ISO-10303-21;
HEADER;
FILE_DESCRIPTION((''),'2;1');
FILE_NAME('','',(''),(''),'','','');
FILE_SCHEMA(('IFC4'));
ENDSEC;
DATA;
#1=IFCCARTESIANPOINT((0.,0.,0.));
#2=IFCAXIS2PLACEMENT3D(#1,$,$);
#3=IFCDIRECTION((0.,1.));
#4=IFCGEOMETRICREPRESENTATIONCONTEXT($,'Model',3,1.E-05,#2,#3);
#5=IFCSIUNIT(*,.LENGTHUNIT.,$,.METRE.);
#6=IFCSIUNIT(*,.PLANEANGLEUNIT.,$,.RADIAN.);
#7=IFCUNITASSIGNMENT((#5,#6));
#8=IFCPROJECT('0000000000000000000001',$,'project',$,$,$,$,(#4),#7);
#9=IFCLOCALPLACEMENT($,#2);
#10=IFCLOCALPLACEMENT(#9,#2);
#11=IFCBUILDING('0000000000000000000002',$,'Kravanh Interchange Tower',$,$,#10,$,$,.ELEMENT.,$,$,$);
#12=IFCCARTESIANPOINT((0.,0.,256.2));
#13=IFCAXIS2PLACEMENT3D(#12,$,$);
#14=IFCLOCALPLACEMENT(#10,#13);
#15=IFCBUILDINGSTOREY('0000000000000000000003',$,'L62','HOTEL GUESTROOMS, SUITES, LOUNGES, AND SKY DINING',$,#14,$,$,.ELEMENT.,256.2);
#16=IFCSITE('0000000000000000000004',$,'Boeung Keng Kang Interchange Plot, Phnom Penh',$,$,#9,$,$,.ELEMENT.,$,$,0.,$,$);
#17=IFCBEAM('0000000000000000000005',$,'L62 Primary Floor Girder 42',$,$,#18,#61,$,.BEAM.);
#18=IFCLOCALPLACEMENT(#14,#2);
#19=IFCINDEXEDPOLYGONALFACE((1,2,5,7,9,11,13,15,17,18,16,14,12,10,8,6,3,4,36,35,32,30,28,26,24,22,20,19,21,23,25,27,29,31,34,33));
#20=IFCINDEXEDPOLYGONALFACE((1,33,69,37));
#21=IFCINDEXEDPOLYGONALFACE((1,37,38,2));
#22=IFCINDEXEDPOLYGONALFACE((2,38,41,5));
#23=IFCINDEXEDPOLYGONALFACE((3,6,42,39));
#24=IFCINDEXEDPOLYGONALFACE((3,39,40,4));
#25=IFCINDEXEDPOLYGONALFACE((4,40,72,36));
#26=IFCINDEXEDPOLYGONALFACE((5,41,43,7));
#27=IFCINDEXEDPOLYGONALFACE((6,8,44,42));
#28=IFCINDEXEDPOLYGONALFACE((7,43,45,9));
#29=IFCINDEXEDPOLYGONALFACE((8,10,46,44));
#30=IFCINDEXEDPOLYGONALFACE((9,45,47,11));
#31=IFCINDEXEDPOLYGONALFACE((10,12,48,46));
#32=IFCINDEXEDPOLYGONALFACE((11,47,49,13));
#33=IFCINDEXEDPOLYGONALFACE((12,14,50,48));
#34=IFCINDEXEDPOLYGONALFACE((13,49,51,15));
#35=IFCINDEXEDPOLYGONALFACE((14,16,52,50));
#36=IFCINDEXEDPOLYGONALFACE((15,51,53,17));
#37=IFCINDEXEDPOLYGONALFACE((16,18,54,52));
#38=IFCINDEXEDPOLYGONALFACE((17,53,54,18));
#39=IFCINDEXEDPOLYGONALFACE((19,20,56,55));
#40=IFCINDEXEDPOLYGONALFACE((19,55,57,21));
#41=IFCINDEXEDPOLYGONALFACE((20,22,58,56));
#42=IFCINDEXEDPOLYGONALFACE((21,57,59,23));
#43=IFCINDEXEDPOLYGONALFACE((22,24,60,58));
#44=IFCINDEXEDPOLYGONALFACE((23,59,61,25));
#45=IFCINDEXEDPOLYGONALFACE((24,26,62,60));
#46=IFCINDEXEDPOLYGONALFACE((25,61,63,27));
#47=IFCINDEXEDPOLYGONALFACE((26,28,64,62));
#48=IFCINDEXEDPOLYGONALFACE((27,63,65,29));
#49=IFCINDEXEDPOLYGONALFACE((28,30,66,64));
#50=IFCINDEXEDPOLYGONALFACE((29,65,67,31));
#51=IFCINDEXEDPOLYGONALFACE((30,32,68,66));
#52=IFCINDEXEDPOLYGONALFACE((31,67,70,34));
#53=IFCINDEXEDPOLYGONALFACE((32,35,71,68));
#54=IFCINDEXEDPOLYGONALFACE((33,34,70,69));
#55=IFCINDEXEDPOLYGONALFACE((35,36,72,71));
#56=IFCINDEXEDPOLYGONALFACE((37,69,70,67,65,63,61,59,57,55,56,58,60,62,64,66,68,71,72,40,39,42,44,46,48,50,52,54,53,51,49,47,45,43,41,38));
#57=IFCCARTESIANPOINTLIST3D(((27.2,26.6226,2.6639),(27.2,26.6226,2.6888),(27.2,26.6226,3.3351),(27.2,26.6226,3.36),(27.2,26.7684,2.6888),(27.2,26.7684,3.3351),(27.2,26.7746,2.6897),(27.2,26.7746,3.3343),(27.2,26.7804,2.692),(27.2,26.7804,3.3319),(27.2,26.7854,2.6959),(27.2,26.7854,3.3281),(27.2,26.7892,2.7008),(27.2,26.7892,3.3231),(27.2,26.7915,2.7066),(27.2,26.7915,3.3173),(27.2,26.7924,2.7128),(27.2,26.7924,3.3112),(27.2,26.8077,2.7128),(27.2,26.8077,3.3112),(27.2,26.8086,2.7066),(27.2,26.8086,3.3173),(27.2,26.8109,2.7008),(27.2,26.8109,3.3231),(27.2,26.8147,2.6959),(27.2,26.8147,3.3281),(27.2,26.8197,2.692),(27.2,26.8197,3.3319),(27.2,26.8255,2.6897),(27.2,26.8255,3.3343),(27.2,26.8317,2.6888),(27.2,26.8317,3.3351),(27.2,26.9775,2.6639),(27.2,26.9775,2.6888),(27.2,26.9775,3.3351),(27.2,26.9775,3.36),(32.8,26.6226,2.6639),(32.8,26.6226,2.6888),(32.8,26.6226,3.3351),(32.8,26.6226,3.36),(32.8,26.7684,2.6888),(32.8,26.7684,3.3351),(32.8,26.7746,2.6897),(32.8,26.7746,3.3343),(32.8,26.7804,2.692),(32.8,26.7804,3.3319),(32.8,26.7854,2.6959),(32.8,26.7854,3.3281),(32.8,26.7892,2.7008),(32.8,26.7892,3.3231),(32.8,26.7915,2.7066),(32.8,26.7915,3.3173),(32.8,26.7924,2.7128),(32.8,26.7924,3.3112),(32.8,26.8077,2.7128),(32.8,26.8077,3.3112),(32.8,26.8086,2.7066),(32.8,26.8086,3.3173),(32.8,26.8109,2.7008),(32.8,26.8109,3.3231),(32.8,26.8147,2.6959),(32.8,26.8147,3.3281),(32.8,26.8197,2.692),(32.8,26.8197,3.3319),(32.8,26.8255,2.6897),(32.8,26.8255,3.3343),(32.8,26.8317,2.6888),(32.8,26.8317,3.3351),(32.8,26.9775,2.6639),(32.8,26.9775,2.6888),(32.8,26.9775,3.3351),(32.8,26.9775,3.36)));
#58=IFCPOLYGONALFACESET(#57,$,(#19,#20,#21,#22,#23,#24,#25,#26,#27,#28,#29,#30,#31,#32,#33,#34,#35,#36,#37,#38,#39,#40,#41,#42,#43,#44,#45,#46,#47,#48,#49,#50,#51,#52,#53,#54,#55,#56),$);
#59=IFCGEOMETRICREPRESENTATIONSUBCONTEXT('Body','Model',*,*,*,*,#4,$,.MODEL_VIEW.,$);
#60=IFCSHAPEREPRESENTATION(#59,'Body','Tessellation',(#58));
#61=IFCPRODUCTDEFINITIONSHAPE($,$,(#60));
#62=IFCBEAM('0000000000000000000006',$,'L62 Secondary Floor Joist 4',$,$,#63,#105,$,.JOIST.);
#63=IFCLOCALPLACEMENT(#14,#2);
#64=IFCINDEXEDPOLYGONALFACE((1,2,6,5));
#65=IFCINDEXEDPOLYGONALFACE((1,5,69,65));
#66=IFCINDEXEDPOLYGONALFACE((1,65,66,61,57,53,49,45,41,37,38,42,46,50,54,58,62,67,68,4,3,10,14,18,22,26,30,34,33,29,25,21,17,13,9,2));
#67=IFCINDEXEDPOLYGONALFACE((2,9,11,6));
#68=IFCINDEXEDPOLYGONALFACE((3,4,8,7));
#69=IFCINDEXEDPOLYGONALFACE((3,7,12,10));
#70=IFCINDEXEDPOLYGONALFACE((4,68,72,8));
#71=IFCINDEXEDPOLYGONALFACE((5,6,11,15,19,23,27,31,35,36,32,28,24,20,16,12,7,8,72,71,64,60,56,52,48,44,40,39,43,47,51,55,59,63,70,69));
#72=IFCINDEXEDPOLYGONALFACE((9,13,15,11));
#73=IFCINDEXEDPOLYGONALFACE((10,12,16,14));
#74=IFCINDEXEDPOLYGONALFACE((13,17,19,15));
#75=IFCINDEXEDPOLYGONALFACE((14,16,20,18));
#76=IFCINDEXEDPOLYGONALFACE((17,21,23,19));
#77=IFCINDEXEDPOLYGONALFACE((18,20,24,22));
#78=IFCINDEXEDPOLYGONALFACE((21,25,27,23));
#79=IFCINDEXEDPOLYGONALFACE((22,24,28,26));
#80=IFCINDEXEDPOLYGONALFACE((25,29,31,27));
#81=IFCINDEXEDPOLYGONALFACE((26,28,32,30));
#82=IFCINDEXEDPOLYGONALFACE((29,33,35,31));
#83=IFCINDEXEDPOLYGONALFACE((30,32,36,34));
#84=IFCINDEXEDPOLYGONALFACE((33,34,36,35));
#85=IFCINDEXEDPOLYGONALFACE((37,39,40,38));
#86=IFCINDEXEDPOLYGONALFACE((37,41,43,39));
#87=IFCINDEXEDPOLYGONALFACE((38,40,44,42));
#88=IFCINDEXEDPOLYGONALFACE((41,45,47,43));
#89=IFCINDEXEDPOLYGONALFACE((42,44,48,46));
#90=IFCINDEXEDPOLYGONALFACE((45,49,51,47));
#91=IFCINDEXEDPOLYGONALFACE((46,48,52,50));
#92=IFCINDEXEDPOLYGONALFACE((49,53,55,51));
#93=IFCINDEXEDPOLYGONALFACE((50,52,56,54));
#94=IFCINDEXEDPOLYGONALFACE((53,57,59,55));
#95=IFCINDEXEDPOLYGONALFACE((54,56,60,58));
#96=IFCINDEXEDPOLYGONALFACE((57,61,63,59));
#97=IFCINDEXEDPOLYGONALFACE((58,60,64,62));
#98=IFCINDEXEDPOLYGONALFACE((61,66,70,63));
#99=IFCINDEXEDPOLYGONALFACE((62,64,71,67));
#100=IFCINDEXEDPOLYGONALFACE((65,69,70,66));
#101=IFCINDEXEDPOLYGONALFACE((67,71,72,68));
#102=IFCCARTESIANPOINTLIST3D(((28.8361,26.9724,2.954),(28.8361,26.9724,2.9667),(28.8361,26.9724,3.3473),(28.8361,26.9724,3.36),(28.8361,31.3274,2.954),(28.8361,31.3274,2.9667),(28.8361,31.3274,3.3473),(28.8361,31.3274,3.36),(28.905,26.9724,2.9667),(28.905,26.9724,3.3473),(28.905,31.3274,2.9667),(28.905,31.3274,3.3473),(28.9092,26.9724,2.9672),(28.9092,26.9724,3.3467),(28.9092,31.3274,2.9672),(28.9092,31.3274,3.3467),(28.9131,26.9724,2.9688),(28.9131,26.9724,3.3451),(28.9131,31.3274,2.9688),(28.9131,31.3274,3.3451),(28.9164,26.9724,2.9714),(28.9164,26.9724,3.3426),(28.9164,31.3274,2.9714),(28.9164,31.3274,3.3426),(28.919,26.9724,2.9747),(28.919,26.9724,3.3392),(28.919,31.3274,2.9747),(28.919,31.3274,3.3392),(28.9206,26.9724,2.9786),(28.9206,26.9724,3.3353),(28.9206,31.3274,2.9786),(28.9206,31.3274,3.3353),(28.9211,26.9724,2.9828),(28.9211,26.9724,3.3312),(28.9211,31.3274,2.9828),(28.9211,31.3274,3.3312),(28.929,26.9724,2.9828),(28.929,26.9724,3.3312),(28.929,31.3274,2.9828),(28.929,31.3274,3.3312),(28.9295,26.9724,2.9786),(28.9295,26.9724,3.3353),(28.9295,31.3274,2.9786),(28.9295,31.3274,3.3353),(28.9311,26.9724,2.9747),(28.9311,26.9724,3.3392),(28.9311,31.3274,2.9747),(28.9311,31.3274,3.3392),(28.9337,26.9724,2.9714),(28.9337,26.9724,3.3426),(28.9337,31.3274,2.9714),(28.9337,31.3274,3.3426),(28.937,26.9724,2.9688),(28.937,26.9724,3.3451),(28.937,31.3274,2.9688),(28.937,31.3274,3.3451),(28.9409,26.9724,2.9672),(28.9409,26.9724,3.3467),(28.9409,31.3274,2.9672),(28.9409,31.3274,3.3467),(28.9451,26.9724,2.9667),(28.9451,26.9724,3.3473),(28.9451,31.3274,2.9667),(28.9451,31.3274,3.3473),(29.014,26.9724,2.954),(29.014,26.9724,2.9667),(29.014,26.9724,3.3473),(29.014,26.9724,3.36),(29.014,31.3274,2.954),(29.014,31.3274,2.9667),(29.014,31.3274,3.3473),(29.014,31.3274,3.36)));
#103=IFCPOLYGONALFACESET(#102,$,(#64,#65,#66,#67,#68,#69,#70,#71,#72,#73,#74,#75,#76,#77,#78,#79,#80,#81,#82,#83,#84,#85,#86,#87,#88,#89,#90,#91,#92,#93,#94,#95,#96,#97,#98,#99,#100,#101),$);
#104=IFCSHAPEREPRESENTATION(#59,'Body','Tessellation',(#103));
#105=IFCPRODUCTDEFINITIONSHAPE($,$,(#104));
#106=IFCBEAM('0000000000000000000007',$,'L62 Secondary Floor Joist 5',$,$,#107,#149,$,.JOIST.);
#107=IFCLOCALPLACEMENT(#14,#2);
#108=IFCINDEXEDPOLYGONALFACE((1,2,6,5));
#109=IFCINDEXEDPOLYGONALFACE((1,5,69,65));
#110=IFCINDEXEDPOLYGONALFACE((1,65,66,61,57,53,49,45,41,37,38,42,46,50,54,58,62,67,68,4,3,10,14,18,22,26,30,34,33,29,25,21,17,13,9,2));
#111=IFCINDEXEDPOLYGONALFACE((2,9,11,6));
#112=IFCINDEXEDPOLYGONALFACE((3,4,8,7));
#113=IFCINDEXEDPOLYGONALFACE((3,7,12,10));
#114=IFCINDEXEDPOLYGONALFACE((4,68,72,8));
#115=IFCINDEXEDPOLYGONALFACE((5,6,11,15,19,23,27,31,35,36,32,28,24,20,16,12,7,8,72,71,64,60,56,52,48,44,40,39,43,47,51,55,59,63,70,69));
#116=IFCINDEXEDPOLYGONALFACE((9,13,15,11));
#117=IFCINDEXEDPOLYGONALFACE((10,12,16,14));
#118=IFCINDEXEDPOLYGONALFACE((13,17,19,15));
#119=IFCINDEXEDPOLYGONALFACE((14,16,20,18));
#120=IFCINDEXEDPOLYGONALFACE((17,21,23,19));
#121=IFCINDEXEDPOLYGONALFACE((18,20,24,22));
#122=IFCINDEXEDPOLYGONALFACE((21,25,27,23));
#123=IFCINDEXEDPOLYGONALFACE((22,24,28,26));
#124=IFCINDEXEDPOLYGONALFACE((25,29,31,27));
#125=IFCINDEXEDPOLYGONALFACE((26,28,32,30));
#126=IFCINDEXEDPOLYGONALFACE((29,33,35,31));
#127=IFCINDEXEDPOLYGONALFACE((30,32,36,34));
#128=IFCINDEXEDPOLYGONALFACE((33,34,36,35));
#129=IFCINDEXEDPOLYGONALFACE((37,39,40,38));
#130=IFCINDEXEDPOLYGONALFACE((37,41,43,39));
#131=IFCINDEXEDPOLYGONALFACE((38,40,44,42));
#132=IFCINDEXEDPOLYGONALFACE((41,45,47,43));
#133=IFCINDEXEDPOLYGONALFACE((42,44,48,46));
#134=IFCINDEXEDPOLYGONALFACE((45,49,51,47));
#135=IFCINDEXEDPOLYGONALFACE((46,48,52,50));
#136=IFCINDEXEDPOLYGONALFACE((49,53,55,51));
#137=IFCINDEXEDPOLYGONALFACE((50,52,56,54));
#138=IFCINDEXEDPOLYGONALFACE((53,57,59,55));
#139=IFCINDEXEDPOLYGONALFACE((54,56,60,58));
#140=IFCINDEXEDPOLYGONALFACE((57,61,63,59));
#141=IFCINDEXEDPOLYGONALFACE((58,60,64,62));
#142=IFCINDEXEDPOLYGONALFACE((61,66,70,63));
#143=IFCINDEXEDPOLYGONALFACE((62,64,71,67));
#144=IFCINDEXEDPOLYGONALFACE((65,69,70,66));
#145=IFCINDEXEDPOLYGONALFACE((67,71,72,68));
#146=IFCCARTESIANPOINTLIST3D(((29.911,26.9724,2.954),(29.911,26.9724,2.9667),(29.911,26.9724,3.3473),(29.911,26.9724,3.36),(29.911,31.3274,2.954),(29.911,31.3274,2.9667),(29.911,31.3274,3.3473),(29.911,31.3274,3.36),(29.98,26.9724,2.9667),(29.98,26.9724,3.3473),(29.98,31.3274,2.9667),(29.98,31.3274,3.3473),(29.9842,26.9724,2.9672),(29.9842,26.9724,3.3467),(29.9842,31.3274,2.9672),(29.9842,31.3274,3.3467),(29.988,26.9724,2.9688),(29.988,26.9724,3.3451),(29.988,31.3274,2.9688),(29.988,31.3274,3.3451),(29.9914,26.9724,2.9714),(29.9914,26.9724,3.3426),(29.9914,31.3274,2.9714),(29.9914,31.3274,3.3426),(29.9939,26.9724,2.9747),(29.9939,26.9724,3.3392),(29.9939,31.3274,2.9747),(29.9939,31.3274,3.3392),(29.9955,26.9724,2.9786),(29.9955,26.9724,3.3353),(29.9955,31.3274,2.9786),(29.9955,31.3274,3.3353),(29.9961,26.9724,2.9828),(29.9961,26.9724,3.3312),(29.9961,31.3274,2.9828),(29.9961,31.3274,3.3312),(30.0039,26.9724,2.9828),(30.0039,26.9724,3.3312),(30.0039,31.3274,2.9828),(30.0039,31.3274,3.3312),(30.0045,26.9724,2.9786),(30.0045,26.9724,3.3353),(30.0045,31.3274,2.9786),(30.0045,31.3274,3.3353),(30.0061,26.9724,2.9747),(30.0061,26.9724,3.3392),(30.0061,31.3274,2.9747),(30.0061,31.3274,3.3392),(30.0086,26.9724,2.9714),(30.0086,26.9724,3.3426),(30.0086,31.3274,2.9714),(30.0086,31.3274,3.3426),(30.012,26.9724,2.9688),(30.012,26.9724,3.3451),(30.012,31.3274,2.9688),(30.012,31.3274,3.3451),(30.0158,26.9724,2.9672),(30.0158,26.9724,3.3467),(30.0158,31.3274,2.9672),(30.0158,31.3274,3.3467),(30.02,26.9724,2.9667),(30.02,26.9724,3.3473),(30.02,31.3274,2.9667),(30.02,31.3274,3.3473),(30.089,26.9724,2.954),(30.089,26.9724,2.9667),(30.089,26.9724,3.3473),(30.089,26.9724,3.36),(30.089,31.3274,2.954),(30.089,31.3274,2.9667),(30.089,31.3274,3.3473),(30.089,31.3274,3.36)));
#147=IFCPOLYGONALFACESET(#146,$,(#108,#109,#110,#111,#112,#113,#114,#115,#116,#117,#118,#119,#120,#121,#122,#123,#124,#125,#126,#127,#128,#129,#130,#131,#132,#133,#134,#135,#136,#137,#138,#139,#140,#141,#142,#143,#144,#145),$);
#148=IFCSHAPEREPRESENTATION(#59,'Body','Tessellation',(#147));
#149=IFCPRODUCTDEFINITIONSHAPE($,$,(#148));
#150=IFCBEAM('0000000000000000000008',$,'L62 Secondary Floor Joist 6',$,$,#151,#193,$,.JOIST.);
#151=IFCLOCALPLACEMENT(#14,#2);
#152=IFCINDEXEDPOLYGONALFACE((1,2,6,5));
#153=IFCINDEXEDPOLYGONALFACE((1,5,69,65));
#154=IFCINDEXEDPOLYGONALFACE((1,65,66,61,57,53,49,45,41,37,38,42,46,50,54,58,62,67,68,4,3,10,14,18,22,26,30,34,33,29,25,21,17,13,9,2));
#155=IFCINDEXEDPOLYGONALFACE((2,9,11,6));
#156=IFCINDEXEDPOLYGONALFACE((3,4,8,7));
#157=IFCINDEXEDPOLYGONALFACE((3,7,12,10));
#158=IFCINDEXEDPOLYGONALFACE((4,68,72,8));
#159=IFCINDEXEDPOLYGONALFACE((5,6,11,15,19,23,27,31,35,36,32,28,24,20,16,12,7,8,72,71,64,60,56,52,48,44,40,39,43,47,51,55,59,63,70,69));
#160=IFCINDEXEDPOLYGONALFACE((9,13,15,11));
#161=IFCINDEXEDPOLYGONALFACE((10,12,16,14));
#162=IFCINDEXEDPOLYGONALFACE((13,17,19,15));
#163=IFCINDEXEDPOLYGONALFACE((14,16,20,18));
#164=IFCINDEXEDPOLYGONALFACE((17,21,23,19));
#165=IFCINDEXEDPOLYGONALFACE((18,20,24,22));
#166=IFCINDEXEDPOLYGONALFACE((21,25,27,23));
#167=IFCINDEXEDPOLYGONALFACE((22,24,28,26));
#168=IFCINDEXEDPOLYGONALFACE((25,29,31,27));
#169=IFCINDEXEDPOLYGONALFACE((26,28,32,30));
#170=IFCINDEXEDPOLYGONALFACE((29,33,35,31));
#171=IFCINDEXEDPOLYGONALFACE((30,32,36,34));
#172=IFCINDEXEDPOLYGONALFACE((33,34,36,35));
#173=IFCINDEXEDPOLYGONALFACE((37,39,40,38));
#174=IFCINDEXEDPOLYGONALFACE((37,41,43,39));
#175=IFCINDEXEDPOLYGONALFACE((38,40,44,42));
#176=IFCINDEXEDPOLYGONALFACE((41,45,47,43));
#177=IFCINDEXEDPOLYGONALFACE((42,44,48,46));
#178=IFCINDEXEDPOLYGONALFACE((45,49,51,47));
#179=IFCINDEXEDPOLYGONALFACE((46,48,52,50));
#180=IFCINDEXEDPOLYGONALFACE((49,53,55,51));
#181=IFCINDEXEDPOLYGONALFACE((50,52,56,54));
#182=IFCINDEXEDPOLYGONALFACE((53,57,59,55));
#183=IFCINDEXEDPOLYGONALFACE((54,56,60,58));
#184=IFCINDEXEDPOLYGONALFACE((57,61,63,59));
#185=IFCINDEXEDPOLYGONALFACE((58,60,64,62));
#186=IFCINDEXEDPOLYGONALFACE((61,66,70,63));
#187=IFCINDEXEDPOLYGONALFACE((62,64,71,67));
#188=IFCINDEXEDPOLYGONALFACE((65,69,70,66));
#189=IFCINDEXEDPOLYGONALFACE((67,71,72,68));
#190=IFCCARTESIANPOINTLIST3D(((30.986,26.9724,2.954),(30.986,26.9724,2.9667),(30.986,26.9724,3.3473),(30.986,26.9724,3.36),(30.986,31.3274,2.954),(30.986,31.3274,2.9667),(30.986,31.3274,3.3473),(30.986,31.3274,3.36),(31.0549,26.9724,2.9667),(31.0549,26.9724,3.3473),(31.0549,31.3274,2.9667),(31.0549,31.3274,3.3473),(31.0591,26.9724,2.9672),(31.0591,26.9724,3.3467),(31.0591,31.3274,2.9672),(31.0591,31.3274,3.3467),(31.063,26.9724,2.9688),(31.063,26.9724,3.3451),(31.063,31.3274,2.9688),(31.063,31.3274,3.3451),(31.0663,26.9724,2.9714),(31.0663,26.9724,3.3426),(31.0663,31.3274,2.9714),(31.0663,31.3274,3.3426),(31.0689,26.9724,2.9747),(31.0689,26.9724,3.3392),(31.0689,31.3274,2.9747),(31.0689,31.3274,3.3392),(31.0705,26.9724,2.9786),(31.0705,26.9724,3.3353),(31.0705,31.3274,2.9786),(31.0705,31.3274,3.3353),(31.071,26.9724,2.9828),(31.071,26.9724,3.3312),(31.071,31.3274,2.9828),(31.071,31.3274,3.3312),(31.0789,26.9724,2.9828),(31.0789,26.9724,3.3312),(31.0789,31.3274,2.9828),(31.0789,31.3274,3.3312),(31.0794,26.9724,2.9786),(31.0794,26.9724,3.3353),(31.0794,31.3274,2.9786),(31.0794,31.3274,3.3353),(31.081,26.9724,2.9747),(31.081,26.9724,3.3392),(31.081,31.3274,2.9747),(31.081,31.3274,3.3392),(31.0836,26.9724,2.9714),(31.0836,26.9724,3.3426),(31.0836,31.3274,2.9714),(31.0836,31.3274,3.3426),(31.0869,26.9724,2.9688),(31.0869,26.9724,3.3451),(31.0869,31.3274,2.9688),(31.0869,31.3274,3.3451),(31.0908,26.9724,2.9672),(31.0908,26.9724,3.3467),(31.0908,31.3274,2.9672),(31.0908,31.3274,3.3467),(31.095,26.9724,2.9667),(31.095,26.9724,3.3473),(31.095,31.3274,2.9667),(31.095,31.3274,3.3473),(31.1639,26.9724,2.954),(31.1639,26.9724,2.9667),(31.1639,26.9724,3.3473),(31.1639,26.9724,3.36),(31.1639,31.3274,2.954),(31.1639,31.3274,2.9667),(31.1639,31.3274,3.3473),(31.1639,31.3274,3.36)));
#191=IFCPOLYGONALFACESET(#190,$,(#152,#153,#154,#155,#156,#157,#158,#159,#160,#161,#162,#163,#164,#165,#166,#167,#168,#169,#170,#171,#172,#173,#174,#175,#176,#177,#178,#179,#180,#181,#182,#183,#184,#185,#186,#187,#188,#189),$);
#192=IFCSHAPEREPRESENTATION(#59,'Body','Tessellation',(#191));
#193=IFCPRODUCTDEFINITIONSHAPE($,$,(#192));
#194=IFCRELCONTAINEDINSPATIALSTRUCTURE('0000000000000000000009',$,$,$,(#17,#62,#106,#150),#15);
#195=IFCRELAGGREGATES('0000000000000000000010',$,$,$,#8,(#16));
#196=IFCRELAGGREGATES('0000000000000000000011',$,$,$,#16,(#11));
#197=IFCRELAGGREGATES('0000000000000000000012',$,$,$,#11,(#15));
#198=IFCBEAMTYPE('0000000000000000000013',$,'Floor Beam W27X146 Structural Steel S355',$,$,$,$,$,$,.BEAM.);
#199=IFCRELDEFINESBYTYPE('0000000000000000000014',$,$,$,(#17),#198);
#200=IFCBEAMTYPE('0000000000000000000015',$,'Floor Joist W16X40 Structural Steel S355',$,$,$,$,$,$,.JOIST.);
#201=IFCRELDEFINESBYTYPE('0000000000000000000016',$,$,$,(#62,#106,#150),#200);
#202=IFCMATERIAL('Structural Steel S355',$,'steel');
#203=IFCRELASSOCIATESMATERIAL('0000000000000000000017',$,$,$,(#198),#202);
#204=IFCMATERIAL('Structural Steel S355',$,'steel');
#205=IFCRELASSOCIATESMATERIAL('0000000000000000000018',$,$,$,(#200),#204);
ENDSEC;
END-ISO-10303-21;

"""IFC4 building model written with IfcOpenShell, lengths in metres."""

from ifc_helpers import new_model, si_unit, direction, frame, origin, origin_2d, place, context, subcontext, project, spatial, i_section, extrude, material, material_profile, profile_set, type_object, element, save


model = new_model("IFC4")

# Units and contexts
model_context = context("Model", 3, precision=1e-05, world=origin(), true_north=direction((0.0, 1.0)))
body_context = subcontext(model_context, "Body", "Model", "MODEL_VIEW")
ifc_project = project(units=[si_unit("LENGTHUNIT", "METRE"), si_unit("PLANEANGLEUNIT", "RADIAN")], contexts=[model_context])

# Site, building, storey
site_placement = place(None, origin())
site = spatial("IfcSite", under=ifc_project, at=site_placement, Name="Boeung Keng Kang Interchange Plot, Phnom Penh", CompositionType="ELEMENT", RefElevation=0.0)
building_placement = place(site_placement, origin())
building = spatial("IfcBuilding", under=site, at=building_placement, Name="Kravanh Interchange Tower", CompositionType="ELEMENT")
storey_placement = place(building_placement, frame((0.0, 0.0, 256.2)))
storey = spatial("IfcBuildingStorey", under=building, at=storey_placement, Name="L62", Description="HOTEL GUESTROOMS, SUITES, LOUNGES, AND SKY DINING", CompositionType="ELEMENT", Elevation=256.2)

# Beams
ifc_material_1 = material(Name="Structural Steel S355", Category="steel")
ifc_material_profile_1 = material_profile(ifc_material_1, i_section(OverallWidth=0.355, OverallDepth=0.696, WebThickness=0.0154, FlangeThickness=0.0249, FilletRadius=0.0239, at=origin_2d()), Name="W27X146")
ifc_profile_set_1 = profile_set([ifc_material_profile_1], Name="Structural Steel S355")
beam_type_1 = type_object("IfcBeamType", Name="Floor Beam W27X146 Structural Steel S355", PredefinedType="BEAM", material=ifc_profile_set_1)
beam_1_placement = place(storey_placement, frame((27.2, 26.8, 3.012), z_axis=(1.0, 0.0, 0.0), x_axis=(0.0, 1.0, 0.0)))
element("IfcBeam", 1, at=beam_1_placement, inside=storey, type_object=beam_type_1, Name="L62 Primary Floor Girder 42", PredefinedType="BEAM", context=body_context, shape_type="SweptSolid", body=[
    extrude(i_section(OverallWidth=0.355, OverallDepth=0.696, WebThickness=0.0154, FlangeThickness=0.0249, FilletRadius=0.0239, at=origin_2d()), origin(), (0.0, 0.0, 1.0), 5.6001),
])
ifc_material_2 = material(Name="Structural Steel S355", Category="steel")
ifc_material_profile_2 = material_profile(ifc_material_2, i_section(OverallWidth=0.178, OverallDepth=0.406, WebThickness=0.0078, FlangeThickness=0.0127, FilletRadius=0.0161, at=origin_2d()), Name="W16X40")
ifc_profile_set_2 = profile_set([ifc_material_profile_2], Name="Structural Steel S355")
beam_type_2 = type_object("IfcBeamType", Name="Floor Joist W16X40 Structural Steel S355", PredefinedType="JOIST", material=ifc_profile_set_2)
for number, where, z_axis, x_axis, name in (
    (2, (28.925, 26.9724, 3.157), (0.0, 1.0, 0.0), (-1.0, 0.0, 0.0), "L62 Secondary Floor Joist 4"),
    (3, (30.0, 26.9724, 3.157), (0.0, 1.0, 0.0), (-1.0, 0.0, 0.0), "L62 Secondary Floor Joist 5"),
    (4, (31.075, 26.9724, 3.157), (0.0, 1.0, 0.0), (-1.0, 0.0, 0.0), "L62 Secondary Floor Joist 6"),
):
    element("IfcBeam", number, at=place(storey_placement, frame(where, z_axis=z_axis, x_axis=x_axis)), inside=storey, type_object=beam_type_2, Name=name, PredefinedType="JOIST", context=body_context, shape_type="SweptSolid", body=[
        extrude(i_section(OverallWidth=0.178, OverallDepth=0.406, WebThickness=0.0078, FlangeThickness=0.0127, FilletRadius=0.0161, at=origin_2d()), origin(), (0.0, 0.0, 1.0), 4.355),
    ])

save(model, "model.ifc")
